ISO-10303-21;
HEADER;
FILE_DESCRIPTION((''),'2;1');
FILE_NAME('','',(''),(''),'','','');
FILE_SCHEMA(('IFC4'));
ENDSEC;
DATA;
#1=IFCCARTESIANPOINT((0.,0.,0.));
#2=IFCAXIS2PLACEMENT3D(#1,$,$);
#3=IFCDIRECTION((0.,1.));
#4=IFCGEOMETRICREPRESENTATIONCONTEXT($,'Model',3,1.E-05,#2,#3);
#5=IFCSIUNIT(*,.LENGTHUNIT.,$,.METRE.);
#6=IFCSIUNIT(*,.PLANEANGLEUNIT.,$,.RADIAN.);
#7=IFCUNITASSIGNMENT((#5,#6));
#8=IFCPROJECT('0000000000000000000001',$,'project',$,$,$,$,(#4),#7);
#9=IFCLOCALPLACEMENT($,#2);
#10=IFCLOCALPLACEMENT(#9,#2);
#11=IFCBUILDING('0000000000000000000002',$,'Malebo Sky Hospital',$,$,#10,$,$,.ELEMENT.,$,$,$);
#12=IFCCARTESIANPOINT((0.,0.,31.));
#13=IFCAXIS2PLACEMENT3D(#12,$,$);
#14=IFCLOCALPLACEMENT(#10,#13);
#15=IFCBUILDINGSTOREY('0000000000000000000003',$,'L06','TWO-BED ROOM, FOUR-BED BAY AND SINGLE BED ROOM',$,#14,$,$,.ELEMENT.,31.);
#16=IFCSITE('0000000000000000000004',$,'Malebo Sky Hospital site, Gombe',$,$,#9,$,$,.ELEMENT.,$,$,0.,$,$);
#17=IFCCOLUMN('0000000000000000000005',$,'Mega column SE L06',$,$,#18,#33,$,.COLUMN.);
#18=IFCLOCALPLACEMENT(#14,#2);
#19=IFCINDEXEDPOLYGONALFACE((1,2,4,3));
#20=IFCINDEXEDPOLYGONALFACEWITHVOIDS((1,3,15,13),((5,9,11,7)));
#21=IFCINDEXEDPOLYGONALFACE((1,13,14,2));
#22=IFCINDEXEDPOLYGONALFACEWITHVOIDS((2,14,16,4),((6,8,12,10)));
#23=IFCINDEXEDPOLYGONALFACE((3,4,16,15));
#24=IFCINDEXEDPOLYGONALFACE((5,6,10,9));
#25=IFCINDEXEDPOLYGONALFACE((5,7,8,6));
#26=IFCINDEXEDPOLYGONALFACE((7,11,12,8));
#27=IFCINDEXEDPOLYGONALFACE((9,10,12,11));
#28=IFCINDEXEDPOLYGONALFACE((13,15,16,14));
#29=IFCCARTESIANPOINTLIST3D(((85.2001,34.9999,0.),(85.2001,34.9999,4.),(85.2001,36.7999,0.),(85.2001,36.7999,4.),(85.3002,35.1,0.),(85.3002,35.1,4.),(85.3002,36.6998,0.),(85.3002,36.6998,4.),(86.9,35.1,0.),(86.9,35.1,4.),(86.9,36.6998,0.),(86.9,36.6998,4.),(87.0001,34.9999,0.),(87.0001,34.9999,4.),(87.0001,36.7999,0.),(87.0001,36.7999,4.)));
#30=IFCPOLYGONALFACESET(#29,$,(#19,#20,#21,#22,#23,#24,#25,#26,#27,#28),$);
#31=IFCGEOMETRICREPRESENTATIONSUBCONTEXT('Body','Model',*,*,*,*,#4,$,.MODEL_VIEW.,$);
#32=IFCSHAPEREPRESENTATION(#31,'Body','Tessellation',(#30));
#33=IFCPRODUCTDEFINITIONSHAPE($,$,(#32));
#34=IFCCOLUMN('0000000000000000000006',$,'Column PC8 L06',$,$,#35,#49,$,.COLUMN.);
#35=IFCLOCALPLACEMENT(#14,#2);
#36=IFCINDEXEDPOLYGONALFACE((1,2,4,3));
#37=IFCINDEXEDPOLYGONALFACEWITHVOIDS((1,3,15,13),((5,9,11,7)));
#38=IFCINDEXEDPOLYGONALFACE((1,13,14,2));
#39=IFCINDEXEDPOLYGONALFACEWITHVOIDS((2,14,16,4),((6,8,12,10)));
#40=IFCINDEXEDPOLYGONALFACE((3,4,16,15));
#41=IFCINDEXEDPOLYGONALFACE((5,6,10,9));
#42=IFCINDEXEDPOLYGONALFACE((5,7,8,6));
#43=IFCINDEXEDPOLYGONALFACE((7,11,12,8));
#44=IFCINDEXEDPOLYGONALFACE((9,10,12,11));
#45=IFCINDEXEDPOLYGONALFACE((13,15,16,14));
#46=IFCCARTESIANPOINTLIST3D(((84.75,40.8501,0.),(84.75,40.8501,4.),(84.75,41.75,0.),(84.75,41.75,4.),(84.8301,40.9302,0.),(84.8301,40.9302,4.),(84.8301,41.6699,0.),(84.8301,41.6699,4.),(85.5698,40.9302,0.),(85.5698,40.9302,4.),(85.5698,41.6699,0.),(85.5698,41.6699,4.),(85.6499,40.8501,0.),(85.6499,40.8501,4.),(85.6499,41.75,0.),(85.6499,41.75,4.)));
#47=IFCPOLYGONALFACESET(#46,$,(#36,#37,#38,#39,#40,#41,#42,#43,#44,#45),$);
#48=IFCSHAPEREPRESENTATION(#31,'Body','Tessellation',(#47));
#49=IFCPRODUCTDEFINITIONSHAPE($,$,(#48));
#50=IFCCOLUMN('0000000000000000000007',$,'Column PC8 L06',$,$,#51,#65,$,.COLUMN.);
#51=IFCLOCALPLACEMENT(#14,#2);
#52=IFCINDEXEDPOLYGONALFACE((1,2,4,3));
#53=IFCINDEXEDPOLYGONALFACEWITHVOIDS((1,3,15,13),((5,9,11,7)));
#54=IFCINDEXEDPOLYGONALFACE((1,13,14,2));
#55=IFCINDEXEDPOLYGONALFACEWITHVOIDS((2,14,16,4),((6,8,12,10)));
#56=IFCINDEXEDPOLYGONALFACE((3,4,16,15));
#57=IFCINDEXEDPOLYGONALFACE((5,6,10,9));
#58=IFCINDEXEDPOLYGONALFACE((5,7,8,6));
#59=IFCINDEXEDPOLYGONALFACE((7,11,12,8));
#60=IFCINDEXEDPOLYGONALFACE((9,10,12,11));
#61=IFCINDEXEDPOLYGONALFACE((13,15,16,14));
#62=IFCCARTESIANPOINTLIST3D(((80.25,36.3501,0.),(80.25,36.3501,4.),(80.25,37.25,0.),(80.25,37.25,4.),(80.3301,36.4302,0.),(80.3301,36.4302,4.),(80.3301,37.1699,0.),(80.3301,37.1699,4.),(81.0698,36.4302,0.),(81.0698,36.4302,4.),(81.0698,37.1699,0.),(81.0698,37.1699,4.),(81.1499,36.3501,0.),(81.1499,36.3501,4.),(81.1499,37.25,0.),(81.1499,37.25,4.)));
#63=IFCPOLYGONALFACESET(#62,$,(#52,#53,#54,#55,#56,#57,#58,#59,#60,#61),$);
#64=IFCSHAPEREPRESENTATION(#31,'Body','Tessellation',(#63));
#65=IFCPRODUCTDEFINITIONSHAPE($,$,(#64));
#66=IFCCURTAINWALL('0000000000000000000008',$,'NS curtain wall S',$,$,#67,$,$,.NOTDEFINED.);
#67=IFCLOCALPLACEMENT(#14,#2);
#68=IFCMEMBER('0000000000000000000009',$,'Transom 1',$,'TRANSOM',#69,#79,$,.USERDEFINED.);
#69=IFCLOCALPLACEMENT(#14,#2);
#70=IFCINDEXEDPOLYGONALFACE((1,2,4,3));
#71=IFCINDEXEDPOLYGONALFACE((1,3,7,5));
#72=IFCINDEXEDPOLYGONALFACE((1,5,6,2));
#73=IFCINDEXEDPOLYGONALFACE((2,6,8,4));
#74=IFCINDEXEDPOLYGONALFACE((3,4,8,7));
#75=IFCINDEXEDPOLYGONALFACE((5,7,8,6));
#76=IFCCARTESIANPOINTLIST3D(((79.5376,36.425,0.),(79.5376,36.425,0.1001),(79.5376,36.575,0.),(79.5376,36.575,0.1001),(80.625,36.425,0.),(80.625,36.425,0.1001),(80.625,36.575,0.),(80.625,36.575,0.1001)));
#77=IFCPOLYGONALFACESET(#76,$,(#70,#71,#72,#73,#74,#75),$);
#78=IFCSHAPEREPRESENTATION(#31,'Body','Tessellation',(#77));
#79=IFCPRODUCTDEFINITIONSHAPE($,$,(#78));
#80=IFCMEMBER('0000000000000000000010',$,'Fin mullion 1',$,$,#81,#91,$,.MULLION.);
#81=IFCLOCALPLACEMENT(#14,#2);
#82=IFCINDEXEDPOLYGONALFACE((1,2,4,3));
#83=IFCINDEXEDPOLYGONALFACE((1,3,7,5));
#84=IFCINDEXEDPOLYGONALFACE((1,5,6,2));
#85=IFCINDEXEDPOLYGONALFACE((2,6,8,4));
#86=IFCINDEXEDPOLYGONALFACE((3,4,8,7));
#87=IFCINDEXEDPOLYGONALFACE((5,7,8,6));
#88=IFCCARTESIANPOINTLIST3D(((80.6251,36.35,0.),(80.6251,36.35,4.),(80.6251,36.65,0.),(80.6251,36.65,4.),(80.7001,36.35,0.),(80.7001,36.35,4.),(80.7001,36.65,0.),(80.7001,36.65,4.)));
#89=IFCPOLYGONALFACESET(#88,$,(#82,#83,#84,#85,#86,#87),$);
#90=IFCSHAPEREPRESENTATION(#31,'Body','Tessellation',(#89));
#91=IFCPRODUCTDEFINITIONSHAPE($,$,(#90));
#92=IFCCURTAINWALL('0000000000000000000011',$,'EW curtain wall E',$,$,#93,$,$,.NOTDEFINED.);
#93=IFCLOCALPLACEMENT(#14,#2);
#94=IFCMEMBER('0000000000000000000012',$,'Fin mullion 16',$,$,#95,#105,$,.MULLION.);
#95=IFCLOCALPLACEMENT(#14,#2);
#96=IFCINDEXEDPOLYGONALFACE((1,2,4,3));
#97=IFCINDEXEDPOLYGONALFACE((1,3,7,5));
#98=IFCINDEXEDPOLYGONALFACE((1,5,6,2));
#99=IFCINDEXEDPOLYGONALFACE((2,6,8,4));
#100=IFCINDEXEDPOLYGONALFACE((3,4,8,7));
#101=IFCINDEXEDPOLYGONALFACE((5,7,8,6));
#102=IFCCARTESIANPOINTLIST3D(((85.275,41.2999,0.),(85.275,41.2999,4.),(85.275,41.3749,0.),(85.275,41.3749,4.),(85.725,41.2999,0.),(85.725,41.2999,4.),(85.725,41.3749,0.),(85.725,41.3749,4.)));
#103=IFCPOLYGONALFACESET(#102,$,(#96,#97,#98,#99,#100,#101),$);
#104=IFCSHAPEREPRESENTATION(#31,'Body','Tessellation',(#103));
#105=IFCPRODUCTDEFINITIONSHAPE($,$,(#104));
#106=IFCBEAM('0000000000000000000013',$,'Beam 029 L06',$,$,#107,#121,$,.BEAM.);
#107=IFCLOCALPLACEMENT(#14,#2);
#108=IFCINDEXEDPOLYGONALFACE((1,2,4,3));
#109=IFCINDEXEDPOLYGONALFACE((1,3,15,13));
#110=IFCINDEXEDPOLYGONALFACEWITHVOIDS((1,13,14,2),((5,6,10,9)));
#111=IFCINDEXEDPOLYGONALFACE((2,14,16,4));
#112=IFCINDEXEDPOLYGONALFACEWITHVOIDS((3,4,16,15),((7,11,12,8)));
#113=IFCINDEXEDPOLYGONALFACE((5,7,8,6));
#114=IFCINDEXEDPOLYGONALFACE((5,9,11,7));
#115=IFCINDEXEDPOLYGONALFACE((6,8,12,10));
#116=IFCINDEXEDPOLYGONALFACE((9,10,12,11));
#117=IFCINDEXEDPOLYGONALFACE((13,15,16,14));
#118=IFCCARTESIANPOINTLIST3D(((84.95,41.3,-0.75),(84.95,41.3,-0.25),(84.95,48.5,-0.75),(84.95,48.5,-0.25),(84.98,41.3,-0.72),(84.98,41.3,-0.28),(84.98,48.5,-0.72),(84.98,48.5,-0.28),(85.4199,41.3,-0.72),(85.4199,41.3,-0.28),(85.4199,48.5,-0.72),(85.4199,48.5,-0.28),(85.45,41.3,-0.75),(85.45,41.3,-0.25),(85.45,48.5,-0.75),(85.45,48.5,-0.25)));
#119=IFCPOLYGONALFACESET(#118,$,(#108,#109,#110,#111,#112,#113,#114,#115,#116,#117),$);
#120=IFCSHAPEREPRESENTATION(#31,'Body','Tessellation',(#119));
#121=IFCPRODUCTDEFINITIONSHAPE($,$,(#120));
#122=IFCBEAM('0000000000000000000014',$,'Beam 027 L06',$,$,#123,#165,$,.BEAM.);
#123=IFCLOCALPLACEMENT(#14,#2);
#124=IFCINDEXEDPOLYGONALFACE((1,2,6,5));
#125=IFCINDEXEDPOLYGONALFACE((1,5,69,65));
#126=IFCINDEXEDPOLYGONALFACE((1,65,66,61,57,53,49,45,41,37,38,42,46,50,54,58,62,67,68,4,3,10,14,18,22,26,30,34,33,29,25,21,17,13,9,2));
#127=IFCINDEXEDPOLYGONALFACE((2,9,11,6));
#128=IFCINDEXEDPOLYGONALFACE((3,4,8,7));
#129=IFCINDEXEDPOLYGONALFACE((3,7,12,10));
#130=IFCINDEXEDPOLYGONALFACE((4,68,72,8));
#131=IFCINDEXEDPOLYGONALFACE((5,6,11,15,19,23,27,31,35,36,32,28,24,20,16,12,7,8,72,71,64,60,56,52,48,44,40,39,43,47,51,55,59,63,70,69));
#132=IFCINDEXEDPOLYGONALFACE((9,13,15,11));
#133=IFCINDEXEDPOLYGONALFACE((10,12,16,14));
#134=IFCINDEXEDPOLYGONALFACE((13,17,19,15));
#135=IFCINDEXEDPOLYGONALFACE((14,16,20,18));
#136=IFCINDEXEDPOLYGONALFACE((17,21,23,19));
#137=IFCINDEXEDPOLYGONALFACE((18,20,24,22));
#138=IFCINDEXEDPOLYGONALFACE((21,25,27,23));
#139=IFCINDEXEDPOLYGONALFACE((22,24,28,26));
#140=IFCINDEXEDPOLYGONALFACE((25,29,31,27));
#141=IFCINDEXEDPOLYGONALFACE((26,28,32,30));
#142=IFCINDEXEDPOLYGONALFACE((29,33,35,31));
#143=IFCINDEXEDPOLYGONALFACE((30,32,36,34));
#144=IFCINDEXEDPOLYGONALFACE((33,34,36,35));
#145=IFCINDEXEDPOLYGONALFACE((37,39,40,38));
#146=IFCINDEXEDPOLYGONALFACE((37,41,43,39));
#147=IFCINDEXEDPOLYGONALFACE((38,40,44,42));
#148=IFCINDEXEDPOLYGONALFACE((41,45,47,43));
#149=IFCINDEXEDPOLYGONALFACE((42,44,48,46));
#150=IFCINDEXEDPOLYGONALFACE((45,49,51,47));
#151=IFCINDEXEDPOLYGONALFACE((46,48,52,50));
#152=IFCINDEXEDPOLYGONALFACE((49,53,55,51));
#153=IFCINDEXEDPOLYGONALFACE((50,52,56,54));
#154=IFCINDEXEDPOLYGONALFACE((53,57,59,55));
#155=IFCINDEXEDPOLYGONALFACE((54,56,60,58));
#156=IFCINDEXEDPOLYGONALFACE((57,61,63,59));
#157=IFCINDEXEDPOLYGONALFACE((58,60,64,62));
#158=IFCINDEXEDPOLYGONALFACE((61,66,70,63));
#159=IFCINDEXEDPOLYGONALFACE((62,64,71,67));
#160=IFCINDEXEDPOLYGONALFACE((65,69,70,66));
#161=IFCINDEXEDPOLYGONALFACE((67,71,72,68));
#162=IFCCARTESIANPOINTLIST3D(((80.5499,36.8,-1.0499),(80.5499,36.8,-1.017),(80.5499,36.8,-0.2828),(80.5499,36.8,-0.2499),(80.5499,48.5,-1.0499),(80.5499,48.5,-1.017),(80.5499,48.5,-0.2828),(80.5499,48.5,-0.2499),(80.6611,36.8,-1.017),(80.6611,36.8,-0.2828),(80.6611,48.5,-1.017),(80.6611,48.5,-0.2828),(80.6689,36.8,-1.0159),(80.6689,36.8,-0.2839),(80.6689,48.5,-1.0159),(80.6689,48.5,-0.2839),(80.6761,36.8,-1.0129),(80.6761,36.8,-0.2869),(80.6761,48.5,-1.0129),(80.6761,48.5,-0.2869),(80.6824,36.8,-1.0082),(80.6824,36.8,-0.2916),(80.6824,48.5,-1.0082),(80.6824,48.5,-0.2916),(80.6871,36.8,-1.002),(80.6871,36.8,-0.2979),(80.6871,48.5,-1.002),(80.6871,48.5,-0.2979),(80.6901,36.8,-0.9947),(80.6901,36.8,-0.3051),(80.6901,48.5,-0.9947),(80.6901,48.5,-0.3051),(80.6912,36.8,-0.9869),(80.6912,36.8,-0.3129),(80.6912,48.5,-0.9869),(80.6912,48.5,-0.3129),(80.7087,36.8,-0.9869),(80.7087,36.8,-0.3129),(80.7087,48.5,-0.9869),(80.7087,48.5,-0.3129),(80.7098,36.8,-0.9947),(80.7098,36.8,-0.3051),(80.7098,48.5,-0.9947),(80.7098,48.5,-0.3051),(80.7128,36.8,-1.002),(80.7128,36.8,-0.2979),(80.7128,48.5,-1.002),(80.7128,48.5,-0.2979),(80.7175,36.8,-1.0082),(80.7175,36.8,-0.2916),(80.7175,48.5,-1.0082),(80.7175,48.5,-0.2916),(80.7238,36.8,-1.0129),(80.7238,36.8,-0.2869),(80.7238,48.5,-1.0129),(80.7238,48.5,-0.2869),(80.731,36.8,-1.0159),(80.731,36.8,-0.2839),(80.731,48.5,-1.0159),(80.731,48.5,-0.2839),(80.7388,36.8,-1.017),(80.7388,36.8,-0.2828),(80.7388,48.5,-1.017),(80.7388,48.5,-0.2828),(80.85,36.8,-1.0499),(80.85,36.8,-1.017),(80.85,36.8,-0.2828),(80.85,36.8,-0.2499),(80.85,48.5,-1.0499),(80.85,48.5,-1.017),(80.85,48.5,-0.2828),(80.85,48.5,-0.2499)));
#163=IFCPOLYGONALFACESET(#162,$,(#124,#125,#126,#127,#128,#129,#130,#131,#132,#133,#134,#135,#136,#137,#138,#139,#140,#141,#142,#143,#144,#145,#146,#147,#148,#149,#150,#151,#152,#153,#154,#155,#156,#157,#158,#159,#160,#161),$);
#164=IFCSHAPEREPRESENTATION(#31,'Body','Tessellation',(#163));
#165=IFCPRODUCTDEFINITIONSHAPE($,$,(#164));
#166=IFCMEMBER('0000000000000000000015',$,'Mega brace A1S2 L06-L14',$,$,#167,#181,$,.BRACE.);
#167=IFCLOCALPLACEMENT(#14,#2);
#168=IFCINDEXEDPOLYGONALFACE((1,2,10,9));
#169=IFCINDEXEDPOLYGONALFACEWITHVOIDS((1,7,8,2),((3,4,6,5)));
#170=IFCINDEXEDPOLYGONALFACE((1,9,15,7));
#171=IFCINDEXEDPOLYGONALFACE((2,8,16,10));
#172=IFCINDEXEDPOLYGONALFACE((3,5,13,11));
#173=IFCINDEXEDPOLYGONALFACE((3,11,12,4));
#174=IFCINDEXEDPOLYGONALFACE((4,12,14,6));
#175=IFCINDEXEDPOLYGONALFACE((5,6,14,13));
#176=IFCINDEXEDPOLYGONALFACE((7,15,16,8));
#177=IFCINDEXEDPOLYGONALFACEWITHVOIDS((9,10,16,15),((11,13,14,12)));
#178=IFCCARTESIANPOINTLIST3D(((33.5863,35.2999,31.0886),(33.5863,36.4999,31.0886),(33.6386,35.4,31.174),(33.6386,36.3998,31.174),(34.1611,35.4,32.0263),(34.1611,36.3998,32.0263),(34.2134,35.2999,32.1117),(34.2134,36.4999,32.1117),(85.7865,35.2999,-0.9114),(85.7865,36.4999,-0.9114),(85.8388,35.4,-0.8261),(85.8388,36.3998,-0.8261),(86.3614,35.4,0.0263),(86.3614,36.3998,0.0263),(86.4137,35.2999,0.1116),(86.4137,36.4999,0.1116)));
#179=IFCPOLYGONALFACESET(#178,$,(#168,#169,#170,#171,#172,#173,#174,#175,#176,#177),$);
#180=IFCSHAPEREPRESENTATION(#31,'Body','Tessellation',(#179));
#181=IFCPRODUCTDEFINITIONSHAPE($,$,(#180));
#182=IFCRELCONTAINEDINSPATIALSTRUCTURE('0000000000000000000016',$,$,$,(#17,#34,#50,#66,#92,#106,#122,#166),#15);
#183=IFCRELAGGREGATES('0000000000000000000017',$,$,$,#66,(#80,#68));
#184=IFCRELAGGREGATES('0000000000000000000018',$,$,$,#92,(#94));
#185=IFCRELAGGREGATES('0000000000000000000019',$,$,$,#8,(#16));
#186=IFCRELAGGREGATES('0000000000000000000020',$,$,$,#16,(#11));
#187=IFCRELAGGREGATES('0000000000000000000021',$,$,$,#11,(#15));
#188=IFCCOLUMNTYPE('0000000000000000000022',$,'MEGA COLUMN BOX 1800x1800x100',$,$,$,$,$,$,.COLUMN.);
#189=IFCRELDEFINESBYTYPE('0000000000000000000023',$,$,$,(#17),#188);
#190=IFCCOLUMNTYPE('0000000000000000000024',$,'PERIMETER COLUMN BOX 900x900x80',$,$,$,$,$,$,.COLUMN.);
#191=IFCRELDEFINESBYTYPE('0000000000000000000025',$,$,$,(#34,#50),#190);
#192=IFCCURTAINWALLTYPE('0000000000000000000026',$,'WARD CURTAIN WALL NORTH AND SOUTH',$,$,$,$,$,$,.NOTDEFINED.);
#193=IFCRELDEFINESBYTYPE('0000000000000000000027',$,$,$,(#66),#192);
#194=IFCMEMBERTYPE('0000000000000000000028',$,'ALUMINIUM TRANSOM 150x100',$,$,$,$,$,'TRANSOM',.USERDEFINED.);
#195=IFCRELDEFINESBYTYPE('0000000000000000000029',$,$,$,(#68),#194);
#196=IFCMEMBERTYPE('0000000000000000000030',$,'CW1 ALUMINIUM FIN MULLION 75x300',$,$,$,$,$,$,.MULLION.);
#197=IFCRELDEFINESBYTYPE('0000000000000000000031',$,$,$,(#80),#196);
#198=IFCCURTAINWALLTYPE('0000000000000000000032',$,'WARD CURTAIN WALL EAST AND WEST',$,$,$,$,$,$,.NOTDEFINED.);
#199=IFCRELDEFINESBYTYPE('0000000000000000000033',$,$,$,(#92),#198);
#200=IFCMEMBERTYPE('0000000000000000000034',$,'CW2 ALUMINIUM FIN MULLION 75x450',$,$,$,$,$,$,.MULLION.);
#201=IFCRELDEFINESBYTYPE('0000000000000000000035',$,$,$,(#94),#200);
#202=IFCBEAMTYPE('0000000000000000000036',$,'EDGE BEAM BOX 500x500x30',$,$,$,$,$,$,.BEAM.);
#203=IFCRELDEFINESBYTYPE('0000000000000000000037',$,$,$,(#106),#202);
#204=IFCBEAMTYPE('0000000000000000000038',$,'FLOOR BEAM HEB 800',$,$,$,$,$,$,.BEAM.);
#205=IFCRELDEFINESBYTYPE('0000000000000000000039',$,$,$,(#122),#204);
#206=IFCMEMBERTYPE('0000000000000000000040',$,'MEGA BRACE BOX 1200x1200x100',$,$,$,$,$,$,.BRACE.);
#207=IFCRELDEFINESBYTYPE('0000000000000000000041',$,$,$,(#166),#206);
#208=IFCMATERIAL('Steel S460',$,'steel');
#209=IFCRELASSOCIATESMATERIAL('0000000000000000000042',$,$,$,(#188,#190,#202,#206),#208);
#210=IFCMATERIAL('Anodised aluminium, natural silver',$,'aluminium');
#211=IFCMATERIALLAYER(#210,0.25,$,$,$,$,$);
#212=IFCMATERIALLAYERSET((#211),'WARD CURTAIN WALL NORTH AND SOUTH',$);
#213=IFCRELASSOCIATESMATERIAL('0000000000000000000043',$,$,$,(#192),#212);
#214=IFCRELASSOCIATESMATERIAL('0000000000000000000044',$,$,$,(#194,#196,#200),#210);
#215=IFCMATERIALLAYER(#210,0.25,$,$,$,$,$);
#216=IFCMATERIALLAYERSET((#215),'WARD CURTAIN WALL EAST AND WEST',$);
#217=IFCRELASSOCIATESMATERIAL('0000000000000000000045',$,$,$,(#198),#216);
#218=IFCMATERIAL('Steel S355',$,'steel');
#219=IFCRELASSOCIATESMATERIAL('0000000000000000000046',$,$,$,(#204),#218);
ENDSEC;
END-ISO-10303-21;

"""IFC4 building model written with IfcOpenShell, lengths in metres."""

from ifc_helpers import new_model, si_unit, direction, frame, origin, origin_2d, place, context, subcontext, project, spatial, rectangle, hollow_rectangle, i_section, extrude, material, layer, layer_set, material_profile, profile_set, type_object, element, aggregate, save


model = new_model("IFC4")

# Units and contexts
model_context = context("Model", 3, precision=1e-05, world=origin(), true_north=direction((0.0, 1.0)))
body_context = subcontext(model_context, "Body", "Model", "MODEL_VIEW")
ifc_project = project(units=[si_unit("LENGTHUNIT", "METRE"), si_unit("PLANEANGLEUNIT", "RADIAN")], contexts=[model_context])

# Site, building, storey
site_placement = place(None, origin())
site = spatial("IfcSite", under=ifc_project, at=site_placement, Name="Malebo Sky Hospital site, Gombe", CompositionType="ELEMENT", RefElevation=0.0)
building_placement = place(site_placement, origin())
building = spatial("IfcBuilding", under=site, at=building_placement, Name="Malebo Sky Hospital", CompositionType="ELEMENT")
storey_placement = place(building_placement, frame((0.0, 0.0, 31.0)))
storey = spatial("IfcBuildingStorey", under=building, at=storey_placement, Name="L06", Description="TWO-BED ROOM, FOUR-BED BAY AND SINGLE BED ROOM", CompositionType="ELEMENT", Elevation=31.0)

# Columns
ifc_material_1 = material(Name="Steel S460", Category="steel")
ifc_material_profile_1 = material_profile(ifc_material_1, hollow_rectangle(XDim=1.8, YDim=1.8, WallThickness=0.1001, at=origin_2d()), Name="BOX 1800x1800x100")
ifc_profile_set_1 = profile_set([ifc_material_profile_1], Name="Steel S460")
column_type_1 = type_object("IfcColumnType", Name="MEGA COLUMN BOX 1800x1800x100", PredefinedType="COLUMN", material=ifc_profile_set_1)
column_placement = place(storey_placement, frame((86.1001, 35.8999, 0.0), z_axis=(0.0, 0.0, 1.0), x_axis=(1.0, 0.0, 0.0)))
element("IfcColumn", 1, at=column_placement, inside=storey, type_object=column_type_1, Name="Mega column SE L06", PredefinedType="COLUMN", context=body_context, shape_type="SweptSolid", body=[
    extrude(hollow_rectangle(XDim=1.8, YDim=1.8, WallThickness=0.1001, at=origin_2d()), origin(), (0.0, 0.0, 1.0), 4.0),
])
ifc_material_profile_2 = material_profile(ifc_material_1, hollow_rectangle(XDim=0.8999, YDim=0.8999, WallThickness=0.0801, at=origin_2d()), Name="BOX 900x900x80")
ifc_profile_set_2 = profile_set([ifc_material_profile_2], Name="Steel S460")
column_type_2 = type_object("IfcColumnType", Name="PERIMETER COLUMN BOX 900x900x80", PredefinedType="COLUMN", material=ifc_profile_set_2)
for number, where, z_axis, x_axis, name in (
    (2, (85.2, 41.3, 0.0), (0.0, 0.0, 1.0), (1.0, 0.0, 0.0), "Column PC8 L06"),
    (3, (80.7, 36.8, 0.0), (0.0, 0.0, 1.0), (1.0, 0.0, 0.0), "Column PC8 L06"),
):
    element("IfcColumn", number, at=place(storey_placement, frame(where, z_axis=z_axis, x_axis=x_axis)), inside=storey, type_object=column_type_2, Name=name, PredefinedType="COLUMN", context=body_context, shape_type="SweptSolid", body=[
        extrude(hollow_rectangle(XDim=0.8999, YDim=0.8999, WallThickness=0.0801, at=origin_2d()), origin(), (0.0, 0.0, 1.0), 4.0),
    ])

# Curtain wall, members
ifc_material_2 = material(Name="Anodised aluminium, natural silver", Category="aluminium")
ifc_layer_1 = layer(ifc_material_2, 0.25)
ifc_layer_set_1 = layer_set([ifc_layer_1], Name="WARD CURTAIN WALL NORTH AND SOUTH")
curtain_wall_type_1 = type_object("IfcCurtainWallType", Name="WARD CURTAIN WALL NORTH AND SOUTH", PredefinedType="NOTDEFINED", material=ifc_layer_set_1)
curtain_wall_1_placement = place(storey_placement, origin())
curtain_wall_1 = element("IfcCurtainWall", 4, at=curtain_wall_1_placement, inside=storey, type_object=curtain_wall_type_1, Name="NS curtain wall S", PredefinedType="NOTDEFINED")
ifc_material_profile_3 = material_profile(ifc_material_2, rectangle(XDim=0.1499, YDim=0.1001, at=origin_2d()), Name="ALUMINIUM TRANSOM 150x100")
ifc_profile_set_3 = profile_set([ifc_material_profile_3], Name="Anodised aluminium, natural silver")
member_type_1 = type_object("IfcMemberType", Name="ALUMINIUM TRANSOM 150x100", ElementType="TRANSOM", PredefinedType="USERDEFINED", material=ifc_profile_set_3)
member_1_placement = place(storey_placement, frame((80.625, 36.5, 0.05), z_axis=(-1.0, 0.0, 0.0), x_axis=(0.0, -1.0, 0.0)))
member_1 = element("IfcMember", 5, at=member_1_placement, type_object=member_type_1, Name="Transom 1", ObjectType="TRANSOM", PredefinedType="USERDEFINED", context=body_context, shape_type="SweptSolid", body=[
    extrude(rectangle(XDim=0.1499, YDim=0.1001, at=origin_2d()), origin(), (0.0, 0.0, 1.0), 1.0874),
])
ifc_material_profile_4 = material_profile(ifc_material_2, rectangle(XDim=0.075, YDim=0.3, at=origin_2d()), Name="CW1 ALUMINIUM FIN MULLION 75x300")
ifc_profile_set_4 = profile_set([ifc_material_profile_4], Name="Anodised aluminium, natural silver")
member_type_2 = type_object("IfcMemberType", Name="CW1 ALUMINIUM FIN MULLION 75x300", PredefinedType="MULLION", material=ifc_profile_set_4)
member_2_placement = place(storey_placement, frame((80.6626, 36.5, 0.0), z_axis=(0.0, 0.0, 1.0), x_axis=(-1.0, 0.0, 0.0)))
member_2 = element("IfcMember", 6, at=member_2_placement, type_object=member_type_2, Name="Fin mullion 1", PredefinedType="MULLION", context=body_context, shape_type="SweptSolid", body=[
    extrude(rectangle(XDim=0.075, YDim=0.3, at=origin_2d()), origin(), (0.0, 0.0, 1.0), 4.0),
])
aggregate(curtain_wall_1, [member_2, member_1])

# Curtain wall, member
ifc_layer_2 = layer(ifc_material_2, 0.25)
ifc_layer_set_2 = layer_set([ifc_layer_2], Name="WARD CURTAIN WALL EAST AND WEST")
curtain_wall_type_2 = type_object("IfcCurtainWallType", Name="WARD CURTAIN WALL EAST AND WEST", PredefinedType="NOTDEFINED", material=ifc_layer_set_2)
curtain_wall_2_placement = place(storey_placement, origin())
curtain_wall_2 = element("IfcCurtainWall", 7, at=curtain_wall_2_placement, inside=storey, type_object=curtain_wall_type_2, Name="EW curtain wall E", PredefinedType="NOTDEFINED")
ifc_material_profile_5 = material_profile(ifc_material_2, rectangle(XDim=0.075, YDim=0.45, at=origin_2d()), Name="CW2 ALUMINIUM FIN MULLION 75x450")
ifc_profile_set_5 = profile_set([ifc_material_profile_5], Name="Anodised aluminium, natural silver")
member_type_3 = type_object("IfcMemberType", Name="CW2 ALUMINIUM FIN MULLION 75x450", PredefinedType="MULLION", material=ifc_profile_set_5)
member_3_placement = place(storey_placement, frame((85.5, 41.3374, 0.0), z_axis=(0.0, 0.0, 1.0), x_axis=(0.0, -1.0, 0.0)))
member_3 = element("IfcMember", 8, at=member_3_placement, type_object=member_type_3, Name="Fin mullion 16", PredefinedType="MULLION", context=body_context, shape_type="SweptSolid", body=[
    extrude(rectangle(XDim=0.075, YDim=0.45, at=origin_2d()), origin(), (0.0, 0.0, 1.0), 4.0),
])

# Beams
ifc_material_profile_6 = material_profile(ifc_material_1, hollow_rectangle(XDim=0.5, YDim=0.5, WallThickness=0.03, at=origin_2d()), Name="BOX 500x500x30")
ifc_profile_set_6 = profile_set([ifc_material_profile_6], Name="Steel S460")
beam_type_1 = type_object("IfcBeamType", Name="EDGE BEAM BOX 500x500x30", PredefinedType="BEAM", material=ifc_profile_set_6)
beam_1_placement = place(storey_placement, frame((85.2, 41.3, -0.5), z_axis=(0.0, 1.0, 0.0), x_axis=(-1.0, 0.0, 0.0)))
element("IfcBeam", 9, at=beam_1_placement, inside=storey, type_object=beam_type_1, Name="Beam 029 L06", PredefinedType="BEAM", context=body_context, shape_type="SweptSolid", body=[
    extrude(hollow_rectangle(XDim=0.5, YDim=0.5, WallThickness=0.03, at=origin_2d()), origin(), (0.0, 0.0, 1.0), 7.2),
])
ifc_material_3 = material(Name="Steel S355", Category="steel")
ifc_material_profile_7 = material_profile(ifc_material_3, i_section(OverallWidth=0.3, OverallDepth=0.8, WebThickness=0.0176, FlangeThickness=0.033, FilletRadius=0.03, at=origin_2d()), Name="HEB 800")
ifc_profile_set_7 = profile_set([ifc_material_profile_7], Name="Steel S355")
beam_type_2 = type_object("IfcBeamType", Name="FLOOR BEAM HEB 800", PredefinedType="BEAM", material=ifc_profile_set_7)
beam_2_placement = place(storey_placement, frame((80.7, 36.8, -0.6499), z_axis=(0.0, 1.0, 0.0), x_axis=(-1.0, 0.0, 0.0)))
element("IfcBeam", 10, at=beam_2_placement, inside=storey, type_object=beam_type_2, Name="Beam 027 L06", PredefinedType="BEAM", context=body_context, shape_type="SweptSolid", body=[
    extrude(i_section(OverallWidth=0.3, OverallDepth=0.8, WebThickness=0.0176, FlangeThickness=0.033, FilletRadius=0.03, at=origin_2d()), origin(), (0.0, 0.0, 1.0), 11.7),
])

# Member
ifc_material_profile_8 = material_profile(ifc_material_1, hollow_rectangle(XDim=1.2, YDim=1.2, WallThickness=0.1001, at=origin_2d()), Name="BOX 1200x1200x100")
ifc_profile_set_8 = profile_set([ifc_material_profile_8], Name="Steel S460")
member_type_4 = type_object("IfcMemberType", Name="MEGA BRACE BOX 1200x1200x100", PredefinedType="BRACE", material=ifc_profile_set_8)
for number, where, z_axis, x_axis, name in (
    (11, (86.1001, 35.8999, -0.3999), (-0.852555, 0.0, 0.522637), (0.0, -1.0, 0.0), "Mega brace A1S2 L06-L14"),
):
    element("IfcMember", number, at=place(storey_placement, frame(where, z_axis=z_axis, x_axis=x_axis)), inside=storey, type_object=member_type_4, Name=name, PredefinedType="BRACE", context=body_context, shape_type="SweptSolid", body=[
        extrude(hollow_rectangle(XDim=1.2, YDim=1.2, WallThickness=0.1001, at=origin_2d()), origin(), (0.0, 0.0, 1.0), 61.228),
    ])

aggregate(curtain_wall_2, [member_3])

save(model, "model.ifc")
